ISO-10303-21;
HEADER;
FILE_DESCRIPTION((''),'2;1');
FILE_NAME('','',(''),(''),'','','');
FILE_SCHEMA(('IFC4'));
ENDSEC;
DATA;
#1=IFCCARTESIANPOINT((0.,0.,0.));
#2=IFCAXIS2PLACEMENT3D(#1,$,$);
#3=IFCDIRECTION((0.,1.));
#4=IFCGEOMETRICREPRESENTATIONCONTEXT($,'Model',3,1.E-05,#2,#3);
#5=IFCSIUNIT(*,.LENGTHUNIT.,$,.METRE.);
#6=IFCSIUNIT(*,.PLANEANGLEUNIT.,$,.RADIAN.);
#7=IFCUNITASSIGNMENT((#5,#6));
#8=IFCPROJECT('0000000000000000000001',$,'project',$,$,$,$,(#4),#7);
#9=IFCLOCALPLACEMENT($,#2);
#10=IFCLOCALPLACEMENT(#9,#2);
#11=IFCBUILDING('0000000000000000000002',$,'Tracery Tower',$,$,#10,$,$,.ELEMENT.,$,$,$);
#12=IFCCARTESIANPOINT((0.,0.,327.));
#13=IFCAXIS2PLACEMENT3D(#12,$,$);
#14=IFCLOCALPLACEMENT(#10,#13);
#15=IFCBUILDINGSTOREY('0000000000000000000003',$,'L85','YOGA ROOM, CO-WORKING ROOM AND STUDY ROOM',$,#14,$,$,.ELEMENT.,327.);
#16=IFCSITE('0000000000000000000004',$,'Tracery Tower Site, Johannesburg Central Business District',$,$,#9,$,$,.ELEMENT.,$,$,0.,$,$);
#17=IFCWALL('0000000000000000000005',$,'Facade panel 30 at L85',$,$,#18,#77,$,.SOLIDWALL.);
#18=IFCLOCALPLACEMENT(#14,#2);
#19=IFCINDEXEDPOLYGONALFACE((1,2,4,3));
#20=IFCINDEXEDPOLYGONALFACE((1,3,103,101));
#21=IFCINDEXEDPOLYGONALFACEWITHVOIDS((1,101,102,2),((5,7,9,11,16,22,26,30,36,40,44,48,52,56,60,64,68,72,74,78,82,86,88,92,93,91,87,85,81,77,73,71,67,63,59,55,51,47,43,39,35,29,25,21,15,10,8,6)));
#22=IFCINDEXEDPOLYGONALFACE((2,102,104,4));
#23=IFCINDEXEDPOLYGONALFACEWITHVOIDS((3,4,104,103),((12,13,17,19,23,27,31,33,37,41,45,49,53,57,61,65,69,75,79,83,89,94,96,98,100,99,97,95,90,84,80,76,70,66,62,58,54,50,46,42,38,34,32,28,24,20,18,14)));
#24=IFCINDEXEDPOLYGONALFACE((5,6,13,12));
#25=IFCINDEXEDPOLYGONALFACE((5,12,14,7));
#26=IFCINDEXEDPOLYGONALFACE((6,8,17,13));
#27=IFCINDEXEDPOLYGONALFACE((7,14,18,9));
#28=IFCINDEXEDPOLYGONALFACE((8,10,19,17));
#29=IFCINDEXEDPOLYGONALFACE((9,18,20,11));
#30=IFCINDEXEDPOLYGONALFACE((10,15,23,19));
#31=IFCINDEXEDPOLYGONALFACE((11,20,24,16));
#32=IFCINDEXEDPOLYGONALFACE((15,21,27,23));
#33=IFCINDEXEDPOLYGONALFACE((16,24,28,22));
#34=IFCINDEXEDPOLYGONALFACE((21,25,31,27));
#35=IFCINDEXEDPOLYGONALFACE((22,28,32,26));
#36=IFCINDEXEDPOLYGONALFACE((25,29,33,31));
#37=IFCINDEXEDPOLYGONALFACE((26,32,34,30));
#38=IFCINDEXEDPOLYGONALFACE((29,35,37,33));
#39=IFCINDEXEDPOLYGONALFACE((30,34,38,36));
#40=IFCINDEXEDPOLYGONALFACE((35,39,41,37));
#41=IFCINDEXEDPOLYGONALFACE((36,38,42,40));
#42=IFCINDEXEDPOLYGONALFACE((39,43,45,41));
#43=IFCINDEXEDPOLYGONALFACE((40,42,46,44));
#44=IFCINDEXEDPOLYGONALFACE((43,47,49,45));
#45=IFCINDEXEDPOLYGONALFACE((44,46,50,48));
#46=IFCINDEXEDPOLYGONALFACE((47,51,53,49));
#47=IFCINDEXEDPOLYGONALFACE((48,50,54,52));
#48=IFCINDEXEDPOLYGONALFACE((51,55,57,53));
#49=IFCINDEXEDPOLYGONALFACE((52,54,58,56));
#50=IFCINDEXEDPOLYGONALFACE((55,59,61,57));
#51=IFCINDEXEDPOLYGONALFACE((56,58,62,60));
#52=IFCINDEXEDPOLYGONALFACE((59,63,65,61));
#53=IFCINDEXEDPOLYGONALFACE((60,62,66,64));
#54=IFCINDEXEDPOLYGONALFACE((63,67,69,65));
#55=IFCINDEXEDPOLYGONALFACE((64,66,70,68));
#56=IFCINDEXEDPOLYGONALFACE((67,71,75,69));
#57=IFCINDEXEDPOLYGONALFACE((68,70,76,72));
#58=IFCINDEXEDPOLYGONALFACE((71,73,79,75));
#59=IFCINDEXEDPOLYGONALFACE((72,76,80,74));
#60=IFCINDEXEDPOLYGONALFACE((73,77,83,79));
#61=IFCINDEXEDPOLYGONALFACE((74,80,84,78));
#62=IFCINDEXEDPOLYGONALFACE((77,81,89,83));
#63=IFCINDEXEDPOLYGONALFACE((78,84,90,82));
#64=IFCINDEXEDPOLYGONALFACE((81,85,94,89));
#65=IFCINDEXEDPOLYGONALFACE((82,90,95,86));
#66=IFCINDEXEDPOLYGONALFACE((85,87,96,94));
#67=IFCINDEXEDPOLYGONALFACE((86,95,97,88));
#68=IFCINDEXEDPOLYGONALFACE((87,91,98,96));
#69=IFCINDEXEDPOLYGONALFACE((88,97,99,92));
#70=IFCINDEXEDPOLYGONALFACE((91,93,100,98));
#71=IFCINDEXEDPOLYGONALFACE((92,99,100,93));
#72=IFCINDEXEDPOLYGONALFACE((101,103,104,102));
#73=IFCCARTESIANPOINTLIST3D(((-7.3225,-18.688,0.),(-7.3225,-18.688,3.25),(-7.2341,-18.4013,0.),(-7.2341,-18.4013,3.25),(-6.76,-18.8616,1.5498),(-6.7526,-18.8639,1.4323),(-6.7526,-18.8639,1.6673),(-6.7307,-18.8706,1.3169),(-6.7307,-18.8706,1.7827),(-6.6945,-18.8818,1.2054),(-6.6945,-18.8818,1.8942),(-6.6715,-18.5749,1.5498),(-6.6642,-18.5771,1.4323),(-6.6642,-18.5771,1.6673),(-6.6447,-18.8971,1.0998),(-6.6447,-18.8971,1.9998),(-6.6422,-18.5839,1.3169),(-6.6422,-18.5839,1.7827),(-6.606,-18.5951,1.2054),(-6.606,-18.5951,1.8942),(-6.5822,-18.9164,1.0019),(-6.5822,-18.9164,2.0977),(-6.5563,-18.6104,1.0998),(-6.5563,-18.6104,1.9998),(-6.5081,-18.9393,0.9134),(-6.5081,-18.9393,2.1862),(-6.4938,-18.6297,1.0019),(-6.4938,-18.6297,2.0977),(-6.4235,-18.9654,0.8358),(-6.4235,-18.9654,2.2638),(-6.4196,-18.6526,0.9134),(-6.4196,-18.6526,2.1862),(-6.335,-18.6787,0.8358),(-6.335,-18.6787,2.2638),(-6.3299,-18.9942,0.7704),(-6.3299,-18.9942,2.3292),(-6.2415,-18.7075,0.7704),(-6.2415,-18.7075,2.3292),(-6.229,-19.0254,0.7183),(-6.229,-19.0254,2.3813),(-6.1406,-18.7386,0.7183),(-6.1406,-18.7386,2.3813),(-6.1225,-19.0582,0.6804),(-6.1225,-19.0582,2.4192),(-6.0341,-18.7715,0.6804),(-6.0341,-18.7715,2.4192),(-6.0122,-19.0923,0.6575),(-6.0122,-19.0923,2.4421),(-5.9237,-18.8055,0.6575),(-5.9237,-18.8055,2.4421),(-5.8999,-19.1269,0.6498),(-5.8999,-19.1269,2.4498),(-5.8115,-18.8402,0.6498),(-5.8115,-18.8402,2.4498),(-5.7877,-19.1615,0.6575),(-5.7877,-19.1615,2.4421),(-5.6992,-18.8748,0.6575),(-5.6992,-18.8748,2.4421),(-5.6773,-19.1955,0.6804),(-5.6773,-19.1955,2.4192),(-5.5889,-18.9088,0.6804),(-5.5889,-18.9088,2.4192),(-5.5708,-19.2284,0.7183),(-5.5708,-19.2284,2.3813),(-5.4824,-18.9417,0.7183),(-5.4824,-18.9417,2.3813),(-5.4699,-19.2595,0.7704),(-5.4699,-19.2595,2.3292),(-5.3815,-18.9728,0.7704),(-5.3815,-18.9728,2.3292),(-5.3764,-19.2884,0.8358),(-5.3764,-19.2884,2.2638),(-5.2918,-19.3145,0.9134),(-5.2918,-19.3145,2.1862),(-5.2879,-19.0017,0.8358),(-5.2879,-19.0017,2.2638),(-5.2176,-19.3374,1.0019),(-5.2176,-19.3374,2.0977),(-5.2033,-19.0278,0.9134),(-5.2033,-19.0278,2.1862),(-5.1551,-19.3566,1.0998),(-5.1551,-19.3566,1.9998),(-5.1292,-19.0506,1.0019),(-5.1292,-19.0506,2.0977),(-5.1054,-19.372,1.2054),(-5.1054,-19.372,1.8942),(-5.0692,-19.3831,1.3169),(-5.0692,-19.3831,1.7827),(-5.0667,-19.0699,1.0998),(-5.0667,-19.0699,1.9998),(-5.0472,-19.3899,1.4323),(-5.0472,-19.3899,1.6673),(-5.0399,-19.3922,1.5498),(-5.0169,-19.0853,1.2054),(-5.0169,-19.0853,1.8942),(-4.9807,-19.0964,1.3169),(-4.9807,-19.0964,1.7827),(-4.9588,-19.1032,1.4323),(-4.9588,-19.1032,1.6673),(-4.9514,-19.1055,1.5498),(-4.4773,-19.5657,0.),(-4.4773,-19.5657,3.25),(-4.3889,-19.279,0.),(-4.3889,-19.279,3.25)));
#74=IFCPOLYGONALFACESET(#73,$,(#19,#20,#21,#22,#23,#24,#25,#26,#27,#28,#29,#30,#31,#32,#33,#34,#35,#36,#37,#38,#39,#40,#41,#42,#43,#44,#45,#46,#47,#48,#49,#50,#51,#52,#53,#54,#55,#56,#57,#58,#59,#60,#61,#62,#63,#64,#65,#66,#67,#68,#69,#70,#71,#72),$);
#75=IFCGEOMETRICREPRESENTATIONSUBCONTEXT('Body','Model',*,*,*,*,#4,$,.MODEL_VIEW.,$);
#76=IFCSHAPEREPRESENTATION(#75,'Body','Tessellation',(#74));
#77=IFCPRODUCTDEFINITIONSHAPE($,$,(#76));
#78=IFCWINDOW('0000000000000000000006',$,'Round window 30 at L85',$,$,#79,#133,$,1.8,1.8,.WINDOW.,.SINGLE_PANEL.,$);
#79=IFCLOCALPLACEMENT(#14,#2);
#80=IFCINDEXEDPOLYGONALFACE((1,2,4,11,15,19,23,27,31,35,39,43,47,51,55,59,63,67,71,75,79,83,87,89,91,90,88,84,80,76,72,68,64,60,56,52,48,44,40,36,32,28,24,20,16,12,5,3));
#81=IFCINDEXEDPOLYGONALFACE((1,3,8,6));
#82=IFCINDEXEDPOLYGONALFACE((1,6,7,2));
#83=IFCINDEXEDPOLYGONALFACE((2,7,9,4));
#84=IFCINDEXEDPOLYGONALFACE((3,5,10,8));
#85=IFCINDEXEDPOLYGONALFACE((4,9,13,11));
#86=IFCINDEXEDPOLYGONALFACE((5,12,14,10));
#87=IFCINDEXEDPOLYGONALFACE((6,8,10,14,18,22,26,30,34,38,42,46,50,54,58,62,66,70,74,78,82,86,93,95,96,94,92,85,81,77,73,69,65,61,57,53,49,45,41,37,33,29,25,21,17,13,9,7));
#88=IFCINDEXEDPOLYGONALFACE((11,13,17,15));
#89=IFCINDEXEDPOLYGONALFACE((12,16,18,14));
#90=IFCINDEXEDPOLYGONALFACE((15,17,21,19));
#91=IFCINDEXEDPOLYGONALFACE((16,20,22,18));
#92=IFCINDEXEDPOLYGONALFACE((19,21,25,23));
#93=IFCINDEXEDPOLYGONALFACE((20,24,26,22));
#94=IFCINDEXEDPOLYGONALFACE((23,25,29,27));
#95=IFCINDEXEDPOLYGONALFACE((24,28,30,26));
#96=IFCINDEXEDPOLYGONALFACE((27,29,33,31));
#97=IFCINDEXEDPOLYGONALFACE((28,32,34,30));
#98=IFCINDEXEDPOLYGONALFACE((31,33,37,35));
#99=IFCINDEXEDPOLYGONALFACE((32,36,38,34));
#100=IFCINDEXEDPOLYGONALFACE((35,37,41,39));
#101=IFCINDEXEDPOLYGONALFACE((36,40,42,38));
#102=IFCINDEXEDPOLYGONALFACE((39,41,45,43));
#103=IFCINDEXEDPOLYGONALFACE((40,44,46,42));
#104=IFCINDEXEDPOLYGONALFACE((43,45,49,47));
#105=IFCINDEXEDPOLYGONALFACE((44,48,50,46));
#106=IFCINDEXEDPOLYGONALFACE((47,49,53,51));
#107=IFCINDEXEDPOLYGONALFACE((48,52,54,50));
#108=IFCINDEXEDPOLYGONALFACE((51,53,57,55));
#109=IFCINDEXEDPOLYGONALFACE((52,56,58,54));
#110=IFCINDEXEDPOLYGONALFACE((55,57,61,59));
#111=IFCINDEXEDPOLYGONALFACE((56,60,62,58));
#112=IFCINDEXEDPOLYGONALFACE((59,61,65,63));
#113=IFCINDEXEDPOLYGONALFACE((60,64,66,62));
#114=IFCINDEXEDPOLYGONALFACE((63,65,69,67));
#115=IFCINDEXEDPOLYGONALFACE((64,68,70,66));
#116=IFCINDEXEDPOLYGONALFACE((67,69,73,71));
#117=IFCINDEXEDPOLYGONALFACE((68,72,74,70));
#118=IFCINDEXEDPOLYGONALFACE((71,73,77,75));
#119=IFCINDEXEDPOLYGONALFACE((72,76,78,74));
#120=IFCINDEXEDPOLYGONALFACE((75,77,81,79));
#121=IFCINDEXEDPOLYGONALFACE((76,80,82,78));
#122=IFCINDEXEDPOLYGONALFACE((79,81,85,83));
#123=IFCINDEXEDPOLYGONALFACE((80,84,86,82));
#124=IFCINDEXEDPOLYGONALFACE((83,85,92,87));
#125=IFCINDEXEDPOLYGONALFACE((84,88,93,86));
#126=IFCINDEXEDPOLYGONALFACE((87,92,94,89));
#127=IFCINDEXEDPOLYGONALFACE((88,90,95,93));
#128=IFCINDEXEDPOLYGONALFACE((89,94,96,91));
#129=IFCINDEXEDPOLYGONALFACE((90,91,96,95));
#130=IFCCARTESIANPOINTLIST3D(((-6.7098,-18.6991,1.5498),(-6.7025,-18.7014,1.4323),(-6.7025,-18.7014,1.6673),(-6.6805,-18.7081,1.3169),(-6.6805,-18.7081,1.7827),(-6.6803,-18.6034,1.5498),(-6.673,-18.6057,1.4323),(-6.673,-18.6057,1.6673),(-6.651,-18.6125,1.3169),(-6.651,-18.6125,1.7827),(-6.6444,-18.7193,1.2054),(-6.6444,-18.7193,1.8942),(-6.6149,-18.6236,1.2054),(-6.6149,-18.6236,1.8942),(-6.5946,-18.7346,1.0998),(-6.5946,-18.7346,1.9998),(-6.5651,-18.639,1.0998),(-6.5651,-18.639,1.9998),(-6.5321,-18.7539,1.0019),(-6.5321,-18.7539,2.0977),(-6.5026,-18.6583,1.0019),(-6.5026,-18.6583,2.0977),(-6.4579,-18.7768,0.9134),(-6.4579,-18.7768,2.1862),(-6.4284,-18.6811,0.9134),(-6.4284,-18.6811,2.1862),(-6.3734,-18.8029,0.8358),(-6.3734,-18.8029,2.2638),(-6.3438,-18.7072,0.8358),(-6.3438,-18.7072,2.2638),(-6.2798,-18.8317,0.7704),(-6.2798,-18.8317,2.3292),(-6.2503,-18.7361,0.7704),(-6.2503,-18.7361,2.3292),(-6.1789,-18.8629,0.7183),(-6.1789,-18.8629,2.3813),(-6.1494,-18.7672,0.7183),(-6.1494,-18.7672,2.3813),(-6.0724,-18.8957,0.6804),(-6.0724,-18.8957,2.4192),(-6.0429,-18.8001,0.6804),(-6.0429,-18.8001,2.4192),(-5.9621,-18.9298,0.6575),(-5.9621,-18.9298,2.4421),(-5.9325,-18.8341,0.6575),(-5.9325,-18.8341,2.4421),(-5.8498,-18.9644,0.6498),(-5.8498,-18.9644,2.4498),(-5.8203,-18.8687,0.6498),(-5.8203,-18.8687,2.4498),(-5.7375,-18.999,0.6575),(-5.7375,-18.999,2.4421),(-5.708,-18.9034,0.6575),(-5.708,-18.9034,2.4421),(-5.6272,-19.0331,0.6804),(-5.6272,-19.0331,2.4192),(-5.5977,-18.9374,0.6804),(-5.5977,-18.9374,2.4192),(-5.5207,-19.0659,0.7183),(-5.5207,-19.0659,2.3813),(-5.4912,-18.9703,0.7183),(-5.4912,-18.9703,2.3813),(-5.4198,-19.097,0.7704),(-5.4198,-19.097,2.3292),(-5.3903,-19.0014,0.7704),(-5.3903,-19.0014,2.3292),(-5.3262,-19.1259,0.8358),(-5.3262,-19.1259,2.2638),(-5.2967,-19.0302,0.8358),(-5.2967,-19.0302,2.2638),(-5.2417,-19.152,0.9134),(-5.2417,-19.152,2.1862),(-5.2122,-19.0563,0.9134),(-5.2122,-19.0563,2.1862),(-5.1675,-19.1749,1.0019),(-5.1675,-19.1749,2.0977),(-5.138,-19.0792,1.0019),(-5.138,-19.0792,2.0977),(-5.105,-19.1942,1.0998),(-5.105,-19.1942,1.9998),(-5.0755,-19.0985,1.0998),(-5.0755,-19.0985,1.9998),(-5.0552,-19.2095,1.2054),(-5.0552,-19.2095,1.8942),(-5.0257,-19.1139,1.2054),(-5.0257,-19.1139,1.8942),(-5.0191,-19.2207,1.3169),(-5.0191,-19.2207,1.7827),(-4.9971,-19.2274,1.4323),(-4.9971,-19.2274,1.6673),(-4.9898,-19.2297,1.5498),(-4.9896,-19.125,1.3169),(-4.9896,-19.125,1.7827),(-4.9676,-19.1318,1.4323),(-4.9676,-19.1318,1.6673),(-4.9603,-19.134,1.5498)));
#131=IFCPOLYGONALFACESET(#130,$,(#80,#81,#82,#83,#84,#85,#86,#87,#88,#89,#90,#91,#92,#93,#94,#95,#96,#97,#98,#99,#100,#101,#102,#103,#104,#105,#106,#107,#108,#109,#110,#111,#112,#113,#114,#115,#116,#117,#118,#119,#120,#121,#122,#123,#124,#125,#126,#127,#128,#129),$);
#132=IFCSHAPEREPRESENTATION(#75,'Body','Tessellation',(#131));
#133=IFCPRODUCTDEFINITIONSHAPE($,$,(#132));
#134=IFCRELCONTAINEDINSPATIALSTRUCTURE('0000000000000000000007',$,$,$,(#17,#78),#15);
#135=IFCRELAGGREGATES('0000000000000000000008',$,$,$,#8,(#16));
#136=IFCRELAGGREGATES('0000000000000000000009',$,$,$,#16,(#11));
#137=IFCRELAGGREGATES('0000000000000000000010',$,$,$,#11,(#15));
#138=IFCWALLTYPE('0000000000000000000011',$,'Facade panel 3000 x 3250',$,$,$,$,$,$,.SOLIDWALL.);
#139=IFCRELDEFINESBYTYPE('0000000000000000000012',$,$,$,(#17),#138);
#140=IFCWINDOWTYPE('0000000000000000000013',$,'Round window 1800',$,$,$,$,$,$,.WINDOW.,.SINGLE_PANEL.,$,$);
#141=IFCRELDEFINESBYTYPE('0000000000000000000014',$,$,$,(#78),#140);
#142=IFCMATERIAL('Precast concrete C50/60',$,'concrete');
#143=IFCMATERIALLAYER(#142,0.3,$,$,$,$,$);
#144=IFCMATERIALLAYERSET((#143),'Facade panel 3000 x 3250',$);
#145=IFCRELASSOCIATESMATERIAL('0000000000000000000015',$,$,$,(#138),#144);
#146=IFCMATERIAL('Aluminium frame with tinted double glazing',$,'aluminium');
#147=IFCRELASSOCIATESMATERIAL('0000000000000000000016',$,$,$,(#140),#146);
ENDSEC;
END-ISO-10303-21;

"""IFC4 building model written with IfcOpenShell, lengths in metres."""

from ifc_helpers import new_model, si_unit, direction, frame, frame_2d, origin, origin_2d, place, context, subcontext, project, spatial, rectangle, circle, extrude, material, layer, layer_set, type_object, element, fill, save


model = new_model("IFC4")

# Units and contexts
model_context = context("Model", 3, precision=1e-05, world=origin(), true_north=direction((0.0, 1.0)))
body_context = subcontext(model_context, "Body", "Model", "MODEL_VIEW")
ifc_project = project(units=[si_unit("LENGTHUNIT", "METRE"), si_unit("PLANEANGLEUNIT", "RADIAN")], contexts=[model_context])

# Site, building, storey
site_placement = place(None, origin())
site = spatial("IfcSite", under=ifc_project, at=site_placement, Name="Tracery Tower Site, Johannesburg Central Business District", CompositionType="ELEMENT", RefElevation=0.0)
building_placement = place(site_placement, origin())
building = spatial("IfcBuilding", under=site, at=building_placement, Name="Tracery Tower", CompositionType="ELEMENT")
storey_placement = place(building_placement, frame((0.0, 0.0, 327.0)))
storey = spatial("IfcBuildingStorey", under=building, at=storey_placement, Name="L85", Description="YOGA ROOM, CO-WORKING ROOM AND STUDY ROOM", CompositionType="ELEMENT", Elevation=327.0)

# Wall, opening, window
ifc_material_1 = material(Name="Precast concrete C50/60", Category="concrete")
ifc_layer_1 = layer(ifc_material_1, 0.3)
ifc_layer_set_1 = layer_set([ifc_layer_1], Name="Facade panel 3000 x 3250")
wall_type_1 = type_object("IfcWallType", Name="Facade panel 3000 x 3250", PredefinedType="SOLIDWALL", material=ifc_layer_set_1)
wall_1_placement = place(storey_placement, frame((-7.2783, -18.5447, 0.0), z_axis=(0.0, 0.0, 1.0), x_axis=(0.955568, -0.294771, 0.0)))
wall_1 = element("IfcWall", 1, at=wall_1_placement, inside=storey, type_object=wall_type_1, Name="Facade panel 30 at L85", PredefinedType="SOLIDWALL", context=body_context, shape_type="SweptSolid", body=[
    extrude(rectangle(XDim=2.9775, YDim=0.3, at=frame_2d((1.4888, 0.0))), origin(), (0.0, 0.0, 1.0), 3.25),
])
opening_1_placement = place(wall_1_placement, frame((1.4888, 0.0, 1.5498)))
opening_1 = element("IfcOpeningElement", 2, at=opening_1_placement, cuts=wall_1, PredefinedType="OPENING", context=body_context, shape_type="SweptSolid", body=[
    extrude(circle(Radius=0.9, at=origin_2d()), frame((0.0, 0.1599, 0.0), z_axis=(0.0, -1.0, 0.0), x_axis=(1.0, 0.0, 0.0)), (0.0, 0.0, 1.0), 0.3201),
])
ifc_material_2 = material(Name="Aluminium frame with tinted double glazing", Category="aluminium")
window_type = type_object("IfcWindowType", Name="Round window 1800", PartitioningType="SINGLE_PANEL", PredefinedType="WINDOW", material=ifc_material_2)
window_1_placement = place(opening_1_placement, origin())
window_1 = element("IfcWindow", 3, at=window_1_placement, inside=storey, type_object=window_type, Name="Round window 30 at L85", OverallHeight=1.8, OverallWidth=1.8, PartitioningType="SINGLE_PANEL", PredefinedType="WINDOW", context=body_context, shape_type="SweptSolid", body=[
    extrude(circle(Radius=0.9, at=origin_2d()), frame((0.0, 0.1201, 0.0), z_axis=(0.0, -1.0, 0.0), x_axis=(1.0, 0.0, 0.0)), (0.0, 0.0, 1.0), 0.1001),
])
fill(opening_1, window_1)

save(model, "model.ifc")
